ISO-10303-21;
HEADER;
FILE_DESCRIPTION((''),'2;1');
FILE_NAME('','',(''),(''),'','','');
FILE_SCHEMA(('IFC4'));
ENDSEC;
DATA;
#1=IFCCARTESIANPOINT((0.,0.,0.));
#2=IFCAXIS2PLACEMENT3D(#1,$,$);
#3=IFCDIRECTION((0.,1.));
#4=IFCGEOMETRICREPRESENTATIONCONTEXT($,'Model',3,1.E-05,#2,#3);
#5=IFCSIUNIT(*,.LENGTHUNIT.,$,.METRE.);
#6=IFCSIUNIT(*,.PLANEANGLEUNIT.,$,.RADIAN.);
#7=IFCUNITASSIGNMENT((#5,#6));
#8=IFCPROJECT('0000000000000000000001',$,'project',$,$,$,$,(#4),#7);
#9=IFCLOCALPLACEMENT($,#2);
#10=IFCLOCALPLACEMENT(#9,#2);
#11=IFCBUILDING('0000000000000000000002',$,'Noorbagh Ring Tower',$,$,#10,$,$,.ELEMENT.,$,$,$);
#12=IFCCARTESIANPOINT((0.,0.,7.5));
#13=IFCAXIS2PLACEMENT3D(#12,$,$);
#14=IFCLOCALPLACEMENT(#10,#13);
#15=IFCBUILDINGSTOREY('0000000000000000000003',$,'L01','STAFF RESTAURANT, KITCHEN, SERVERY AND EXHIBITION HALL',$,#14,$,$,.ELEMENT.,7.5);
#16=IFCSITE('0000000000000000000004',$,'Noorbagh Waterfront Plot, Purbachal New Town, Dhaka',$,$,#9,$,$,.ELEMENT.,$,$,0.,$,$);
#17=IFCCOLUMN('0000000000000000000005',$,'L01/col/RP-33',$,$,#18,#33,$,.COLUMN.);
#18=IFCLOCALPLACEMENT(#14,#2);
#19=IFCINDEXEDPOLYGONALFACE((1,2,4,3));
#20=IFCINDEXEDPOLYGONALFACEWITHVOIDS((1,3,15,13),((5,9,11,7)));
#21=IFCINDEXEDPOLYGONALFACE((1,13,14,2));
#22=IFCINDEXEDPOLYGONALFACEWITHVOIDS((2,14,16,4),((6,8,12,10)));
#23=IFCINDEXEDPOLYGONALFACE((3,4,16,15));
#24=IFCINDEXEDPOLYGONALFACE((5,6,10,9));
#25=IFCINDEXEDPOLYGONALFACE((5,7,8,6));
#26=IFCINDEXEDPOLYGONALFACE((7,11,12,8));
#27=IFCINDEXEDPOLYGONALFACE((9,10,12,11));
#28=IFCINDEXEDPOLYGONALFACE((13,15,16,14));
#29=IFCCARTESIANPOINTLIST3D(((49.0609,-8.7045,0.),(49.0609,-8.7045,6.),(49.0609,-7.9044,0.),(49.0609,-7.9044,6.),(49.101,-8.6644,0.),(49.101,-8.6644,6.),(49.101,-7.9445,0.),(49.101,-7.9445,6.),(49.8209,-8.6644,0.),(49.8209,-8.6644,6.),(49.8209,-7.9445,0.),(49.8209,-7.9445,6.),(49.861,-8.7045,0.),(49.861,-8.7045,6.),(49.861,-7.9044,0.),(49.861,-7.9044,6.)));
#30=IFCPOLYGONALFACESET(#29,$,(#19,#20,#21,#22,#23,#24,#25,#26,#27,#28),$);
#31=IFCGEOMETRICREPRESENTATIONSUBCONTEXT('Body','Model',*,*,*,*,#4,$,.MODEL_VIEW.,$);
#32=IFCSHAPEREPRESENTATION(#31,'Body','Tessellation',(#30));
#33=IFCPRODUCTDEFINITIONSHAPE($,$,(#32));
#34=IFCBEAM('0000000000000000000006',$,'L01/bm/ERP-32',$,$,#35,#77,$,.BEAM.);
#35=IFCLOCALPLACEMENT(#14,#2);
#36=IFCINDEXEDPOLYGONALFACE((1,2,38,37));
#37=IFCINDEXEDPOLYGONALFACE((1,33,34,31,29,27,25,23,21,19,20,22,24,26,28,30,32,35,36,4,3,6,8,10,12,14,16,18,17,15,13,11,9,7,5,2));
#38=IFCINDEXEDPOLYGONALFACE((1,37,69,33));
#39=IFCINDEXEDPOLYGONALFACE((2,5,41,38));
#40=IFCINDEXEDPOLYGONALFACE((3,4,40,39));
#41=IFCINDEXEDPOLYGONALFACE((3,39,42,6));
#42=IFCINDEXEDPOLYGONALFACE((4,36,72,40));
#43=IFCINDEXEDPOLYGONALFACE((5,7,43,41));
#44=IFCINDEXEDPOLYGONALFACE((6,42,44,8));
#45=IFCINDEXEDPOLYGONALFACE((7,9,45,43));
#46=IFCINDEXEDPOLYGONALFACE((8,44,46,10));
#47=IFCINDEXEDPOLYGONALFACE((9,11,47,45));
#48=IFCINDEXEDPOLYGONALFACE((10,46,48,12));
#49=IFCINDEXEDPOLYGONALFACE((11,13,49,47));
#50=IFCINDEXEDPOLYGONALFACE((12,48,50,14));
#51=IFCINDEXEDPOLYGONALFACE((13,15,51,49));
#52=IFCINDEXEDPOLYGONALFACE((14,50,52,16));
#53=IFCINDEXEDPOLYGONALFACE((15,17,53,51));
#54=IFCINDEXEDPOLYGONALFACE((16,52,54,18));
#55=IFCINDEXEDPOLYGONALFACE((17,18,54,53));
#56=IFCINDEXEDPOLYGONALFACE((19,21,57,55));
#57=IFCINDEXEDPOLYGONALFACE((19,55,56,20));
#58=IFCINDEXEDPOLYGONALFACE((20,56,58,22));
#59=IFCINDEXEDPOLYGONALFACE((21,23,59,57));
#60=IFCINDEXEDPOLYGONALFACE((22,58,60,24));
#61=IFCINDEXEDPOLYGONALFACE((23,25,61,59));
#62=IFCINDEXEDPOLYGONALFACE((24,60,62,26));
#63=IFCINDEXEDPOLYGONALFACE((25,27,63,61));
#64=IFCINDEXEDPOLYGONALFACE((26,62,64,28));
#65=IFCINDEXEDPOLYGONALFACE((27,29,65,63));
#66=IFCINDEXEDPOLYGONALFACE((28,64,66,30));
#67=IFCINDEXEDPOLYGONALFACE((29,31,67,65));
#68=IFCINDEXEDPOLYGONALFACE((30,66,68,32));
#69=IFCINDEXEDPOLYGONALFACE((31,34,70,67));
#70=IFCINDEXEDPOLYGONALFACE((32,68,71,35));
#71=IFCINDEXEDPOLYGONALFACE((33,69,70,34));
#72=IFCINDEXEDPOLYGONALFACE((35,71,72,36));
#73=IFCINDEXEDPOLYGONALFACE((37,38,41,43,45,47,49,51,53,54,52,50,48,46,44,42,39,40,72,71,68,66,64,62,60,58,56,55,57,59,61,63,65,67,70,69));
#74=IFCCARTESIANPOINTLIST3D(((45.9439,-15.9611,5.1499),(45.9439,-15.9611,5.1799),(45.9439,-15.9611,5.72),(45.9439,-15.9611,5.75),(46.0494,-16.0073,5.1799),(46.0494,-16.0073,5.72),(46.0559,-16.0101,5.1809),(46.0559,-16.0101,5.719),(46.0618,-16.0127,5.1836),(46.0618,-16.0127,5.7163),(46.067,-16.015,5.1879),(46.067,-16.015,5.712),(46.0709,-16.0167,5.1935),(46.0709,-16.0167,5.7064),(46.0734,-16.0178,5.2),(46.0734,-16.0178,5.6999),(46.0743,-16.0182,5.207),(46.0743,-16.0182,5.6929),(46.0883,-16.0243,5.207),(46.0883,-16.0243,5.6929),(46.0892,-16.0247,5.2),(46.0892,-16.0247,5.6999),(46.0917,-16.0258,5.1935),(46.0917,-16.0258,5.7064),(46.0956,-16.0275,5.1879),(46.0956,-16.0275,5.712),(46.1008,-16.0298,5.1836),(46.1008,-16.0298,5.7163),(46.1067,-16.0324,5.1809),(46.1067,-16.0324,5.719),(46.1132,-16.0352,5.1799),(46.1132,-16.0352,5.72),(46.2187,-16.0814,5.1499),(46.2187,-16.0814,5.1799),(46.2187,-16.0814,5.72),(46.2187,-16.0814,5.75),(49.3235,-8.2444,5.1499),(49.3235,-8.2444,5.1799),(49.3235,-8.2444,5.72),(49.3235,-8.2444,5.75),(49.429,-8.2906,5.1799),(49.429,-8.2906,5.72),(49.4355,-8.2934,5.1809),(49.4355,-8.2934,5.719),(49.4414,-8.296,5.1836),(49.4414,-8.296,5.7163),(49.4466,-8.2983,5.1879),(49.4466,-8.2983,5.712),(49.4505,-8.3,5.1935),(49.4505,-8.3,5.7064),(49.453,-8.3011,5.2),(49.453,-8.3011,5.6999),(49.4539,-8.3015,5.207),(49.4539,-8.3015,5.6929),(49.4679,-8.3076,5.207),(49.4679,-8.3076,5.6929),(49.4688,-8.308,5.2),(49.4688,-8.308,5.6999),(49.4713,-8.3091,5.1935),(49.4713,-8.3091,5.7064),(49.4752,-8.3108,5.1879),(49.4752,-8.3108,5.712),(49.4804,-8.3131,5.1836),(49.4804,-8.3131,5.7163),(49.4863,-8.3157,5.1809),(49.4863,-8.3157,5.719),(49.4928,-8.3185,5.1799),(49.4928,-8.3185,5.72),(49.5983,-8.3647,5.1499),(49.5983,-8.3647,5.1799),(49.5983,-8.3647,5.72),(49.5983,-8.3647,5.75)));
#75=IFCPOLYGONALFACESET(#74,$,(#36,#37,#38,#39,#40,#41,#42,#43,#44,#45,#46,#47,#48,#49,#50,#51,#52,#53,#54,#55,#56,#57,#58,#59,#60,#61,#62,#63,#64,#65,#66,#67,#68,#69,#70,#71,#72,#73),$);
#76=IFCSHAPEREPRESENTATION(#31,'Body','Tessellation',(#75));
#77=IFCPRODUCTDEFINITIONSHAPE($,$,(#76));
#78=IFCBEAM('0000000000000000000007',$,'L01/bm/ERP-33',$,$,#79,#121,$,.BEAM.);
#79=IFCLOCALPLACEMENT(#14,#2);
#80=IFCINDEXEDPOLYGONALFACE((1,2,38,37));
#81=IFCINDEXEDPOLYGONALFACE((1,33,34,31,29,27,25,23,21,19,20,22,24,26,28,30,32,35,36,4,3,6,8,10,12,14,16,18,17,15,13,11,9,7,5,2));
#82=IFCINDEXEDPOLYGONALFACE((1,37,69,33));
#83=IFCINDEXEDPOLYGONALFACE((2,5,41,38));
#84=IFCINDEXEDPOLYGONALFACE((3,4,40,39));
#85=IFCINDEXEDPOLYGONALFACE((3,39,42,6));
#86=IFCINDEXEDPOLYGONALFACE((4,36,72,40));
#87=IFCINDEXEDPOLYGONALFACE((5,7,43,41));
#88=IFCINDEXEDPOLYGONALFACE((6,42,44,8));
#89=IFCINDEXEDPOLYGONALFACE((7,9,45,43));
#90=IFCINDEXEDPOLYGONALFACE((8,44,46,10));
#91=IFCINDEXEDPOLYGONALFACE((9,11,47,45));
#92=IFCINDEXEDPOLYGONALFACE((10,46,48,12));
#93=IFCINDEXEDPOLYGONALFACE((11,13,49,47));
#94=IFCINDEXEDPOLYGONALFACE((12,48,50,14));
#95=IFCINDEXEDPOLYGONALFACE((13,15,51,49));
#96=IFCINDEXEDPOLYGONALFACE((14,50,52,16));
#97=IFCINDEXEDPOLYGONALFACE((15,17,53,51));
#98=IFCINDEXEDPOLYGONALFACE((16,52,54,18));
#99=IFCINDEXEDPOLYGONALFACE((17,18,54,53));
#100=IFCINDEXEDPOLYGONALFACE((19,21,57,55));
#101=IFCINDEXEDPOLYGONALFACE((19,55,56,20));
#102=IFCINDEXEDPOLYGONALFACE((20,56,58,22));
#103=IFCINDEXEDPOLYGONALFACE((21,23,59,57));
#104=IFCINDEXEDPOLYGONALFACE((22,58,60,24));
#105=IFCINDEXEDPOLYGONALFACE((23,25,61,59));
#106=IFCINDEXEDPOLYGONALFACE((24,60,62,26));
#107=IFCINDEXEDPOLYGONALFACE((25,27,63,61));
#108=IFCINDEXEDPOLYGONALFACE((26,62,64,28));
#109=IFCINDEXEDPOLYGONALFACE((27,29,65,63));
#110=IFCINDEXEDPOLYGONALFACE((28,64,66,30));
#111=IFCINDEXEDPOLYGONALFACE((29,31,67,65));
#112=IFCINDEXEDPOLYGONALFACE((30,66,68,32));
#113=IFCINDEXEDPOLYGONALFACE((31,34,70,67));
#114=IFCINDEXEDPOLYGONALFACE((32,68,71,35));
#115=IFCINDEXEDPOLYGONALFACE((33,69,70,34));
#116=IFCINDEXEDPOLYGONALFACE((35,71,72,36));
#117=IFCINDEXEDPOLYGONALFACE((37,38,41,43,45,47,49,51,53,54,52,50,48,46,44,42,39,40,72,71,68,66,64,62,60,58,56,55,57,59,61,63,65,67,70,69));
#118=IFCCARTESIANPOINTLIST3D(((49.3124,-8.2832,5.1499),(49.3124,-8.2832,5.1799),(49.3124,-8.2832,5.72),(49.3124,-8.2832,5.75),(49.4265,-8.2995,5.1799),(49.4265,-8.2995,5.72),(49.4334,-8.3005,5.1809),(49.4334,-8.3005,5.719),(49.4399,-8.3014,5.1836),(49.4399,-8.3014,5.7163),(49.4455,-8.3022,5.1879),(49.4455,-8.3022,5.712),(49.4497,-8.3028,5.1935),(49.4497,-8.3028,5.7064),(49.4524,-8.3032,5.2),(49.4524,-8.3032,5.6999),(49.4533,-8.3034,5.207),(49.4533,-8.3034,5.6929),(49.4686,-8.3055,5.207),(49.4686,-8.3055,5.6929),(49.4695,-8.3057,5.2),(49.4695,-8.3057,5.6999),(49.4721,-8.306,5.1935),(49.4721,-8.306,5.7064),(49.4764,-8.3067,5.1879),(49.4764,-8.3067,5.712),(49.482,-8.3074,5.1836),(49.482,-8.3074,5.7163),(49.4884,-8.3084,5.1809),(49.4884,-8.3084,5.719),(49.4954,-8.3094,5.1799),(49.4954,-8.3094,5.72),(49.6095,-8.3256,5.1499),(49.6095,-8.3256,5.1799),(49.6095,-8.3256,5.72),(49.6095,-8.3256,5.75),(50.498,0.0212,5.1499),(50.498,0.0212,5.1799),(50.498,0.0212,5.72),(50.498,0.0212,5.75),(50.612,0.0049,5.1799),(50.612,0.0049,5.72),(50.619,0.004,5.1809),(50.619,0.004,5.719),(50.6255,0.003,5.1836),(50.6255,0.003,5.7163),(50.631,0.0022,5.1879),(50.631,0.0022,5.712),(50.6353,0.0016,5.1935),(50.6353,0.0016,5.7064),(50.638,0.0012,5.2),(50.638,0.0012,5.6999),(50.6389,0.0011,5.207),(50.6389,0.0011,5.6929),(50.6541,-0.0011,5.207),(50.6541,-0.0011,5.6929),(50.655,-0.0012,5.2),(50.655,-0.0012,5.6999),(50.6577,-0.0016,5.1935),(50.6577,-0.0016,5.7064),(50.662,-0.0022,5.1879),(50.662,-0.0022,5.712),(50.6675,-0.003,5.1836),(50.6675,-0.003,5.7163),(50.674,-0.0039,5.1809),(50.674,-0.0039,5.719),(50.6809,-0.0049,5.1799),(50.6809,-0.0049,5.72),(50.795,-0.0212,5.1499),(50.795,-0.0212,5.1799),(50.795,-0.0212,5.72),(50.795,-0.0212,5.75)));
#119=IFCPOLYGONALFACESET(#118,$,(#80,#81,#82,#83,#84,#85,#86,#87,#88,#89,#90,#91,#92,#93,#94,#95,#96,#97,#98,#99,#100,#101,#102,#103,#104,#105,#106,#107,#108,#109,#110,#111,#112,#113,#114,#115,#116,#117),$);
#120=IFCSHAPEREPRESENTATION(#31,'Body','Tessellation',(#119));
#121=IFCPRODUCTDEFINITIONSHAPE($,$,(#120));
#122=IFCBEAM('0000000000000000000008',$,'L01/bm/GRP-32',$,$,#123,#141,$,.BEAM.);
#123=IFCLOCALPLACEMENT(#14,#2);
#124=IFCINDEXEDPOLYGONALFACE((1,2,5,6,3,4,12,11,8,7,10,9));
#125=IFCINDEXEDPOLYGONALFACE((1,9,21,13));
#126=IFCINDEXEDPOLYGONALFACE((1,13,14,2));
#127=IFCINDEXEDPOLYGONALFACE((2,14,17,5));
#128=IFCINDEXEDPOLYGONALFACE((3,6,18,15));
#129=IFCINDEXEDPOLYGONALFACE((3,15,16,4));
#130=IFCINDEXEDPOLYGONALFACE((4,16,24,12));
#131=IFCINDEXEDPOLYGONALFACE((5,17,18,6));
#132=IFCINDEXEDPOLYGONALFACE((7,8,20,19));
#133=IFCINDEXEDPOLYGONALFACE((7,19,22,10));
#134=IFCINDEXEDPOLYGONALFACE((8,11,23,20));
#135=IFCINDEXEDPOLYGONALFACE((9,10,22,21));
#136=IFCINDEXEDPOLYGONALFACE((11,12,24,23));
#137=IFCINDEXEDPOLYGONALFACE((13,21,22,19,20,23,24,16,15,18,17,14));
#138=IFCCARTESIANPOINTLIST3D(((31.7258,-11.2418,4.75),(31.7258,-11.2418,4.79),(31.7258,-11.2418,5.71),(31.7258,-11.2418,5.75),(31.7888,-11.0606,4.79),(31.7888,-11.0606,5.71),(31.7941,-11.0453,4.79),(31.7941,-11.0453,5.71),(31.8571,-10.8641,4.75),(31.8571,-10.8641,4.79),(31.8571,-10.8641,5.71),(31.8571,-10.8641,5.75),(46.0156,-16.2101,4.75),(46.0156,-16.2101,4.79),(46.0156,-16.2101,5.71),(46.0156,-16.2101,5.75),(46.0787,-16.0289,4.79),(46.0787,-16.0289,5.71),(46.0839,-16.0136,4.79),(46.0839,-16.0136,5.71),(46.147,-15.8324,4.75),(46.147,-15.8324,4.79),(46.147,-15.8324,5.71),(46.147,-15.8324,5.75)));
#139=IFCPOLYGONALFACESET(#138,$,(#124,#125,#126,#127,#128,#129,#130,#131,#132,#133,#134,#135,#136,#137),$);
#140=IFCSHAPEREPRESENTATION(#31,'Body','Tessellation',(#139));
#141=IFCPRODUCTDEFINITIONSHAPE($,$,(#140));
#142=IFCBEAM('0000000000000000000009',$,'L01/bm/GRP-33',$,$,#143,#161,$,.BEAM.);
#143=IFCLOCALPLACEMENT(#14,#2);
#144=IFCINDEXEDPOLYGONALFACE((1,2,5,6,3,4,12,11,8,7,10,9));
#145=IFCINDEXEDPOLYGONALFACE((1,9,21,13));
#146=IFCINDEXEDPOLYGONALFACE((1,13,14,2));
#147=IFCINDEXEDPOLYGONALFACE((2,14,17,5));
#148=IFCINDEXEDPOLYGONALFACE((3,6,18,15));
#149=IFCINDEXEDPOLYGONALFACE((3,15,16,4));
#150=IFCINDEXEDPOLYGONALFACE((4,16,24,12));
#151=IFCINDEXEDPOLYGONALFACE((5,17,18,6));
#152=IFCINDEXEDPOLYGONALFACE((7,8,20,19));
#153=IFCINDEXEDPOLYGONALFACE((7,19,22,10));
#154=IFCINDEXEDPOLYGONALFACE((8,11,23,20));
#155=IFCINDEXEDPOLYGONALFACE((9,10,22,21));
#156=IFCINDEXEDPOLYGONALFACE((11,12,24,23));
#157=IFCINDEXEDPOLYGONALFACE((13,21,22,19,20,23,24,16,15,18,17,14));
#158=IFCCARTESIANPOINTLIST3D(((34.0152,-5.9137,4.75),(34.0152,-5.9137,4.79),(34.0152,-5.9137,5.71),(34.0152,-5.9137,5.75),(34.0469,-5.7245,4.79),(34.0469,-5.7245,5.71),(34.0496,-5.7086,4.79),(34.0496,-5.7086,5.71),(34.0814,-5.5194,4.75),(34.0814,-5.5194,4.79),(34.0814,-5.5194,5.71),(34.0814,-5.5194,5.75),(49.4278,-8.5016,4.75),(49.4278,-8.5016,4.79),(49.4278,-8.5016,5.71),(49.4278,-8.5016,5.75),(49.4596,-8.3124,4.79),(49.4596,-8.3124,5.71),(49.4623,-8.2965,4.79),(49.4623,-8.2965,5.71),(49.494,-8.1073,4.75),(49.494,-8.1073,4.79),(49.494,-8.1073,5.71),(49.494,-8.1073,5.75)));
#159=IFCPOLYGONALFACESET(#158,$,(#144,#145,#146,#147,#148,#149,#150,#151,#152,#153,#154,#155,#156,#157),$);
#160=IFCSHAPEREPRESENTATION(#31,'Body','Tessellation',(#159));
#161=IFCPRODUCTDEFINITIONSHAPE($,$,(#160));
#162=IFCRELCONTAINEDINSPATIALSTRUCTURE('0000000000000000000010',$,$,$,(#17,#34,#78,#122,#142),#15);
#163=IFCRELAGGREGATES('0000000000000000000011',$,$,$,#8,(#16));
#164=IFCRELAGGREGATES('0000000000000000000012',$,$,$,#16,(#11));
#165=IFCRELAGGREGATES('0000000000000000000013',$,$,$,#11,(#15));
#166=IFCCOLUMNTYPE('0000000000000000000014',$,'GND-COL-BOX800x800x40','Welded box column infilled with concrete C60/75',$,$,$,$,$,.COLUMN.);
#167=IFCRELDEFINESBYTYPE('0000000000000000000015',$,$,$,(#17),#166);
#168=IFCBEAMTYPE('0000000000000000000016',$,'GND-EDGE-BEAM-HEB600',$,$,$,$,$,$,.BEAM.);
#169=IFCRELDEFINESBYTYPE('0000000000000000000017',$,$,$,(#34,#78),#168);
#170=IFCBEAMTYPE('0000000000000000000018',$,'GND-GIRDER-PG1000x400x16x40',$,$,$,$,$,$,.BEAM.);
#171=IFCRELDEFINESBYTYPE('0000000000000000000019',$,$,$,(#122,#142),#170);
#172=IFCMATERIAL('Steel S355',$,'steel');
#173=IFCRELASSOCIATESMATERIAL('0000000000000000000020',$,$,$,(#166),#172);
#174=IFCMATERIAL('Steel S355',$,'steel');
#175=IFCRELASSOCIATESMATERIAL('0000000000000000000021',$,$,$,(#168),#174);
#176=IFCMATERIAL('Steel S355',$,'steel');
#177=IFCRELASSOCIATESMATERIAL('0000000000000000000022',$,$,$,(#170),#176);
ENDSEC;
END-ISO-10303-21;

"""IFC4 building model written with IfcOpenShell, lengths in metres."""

from ifc_helpers import new_model, si_unit, direction, frame, origin, origin_2d, place, context, subcontext, project, spatial, hollow_rectangle, i_section, extrude, material, material_profile, profile_set, type_object, element, save


model = new_model("IFC4")

# Units and contexts
model_context = context("Model", 3, precision=1e-05, world=origin(), true_north=direction((0.0, 1.0)))
body_context = subcontext(model_context, "Body", "Model", "MODEL_VIEW")
ifc_project = project(units=[si_unit("LENGTHUNIT", "METRE"), si_unit("PLANEANGLEUNIT", "RADIAN")], contexts=[model_context])

# Site, building, storey
site_placement = place(None, origin())
site = spatial("IfcSite", under=ifc_project, at=site_placement, Name="Noorbagh Waterfront Plot, Purbachal New Town, Dhaka", CompositionType="ELEMENT", RefElevation=0.0)
building_placement = place(site_placement, origin())
building = spatial("IfcBuilding", under=site, at=building_placement, Name="Noorbagh Ring Tower", CompositionType="ELEMENT")
storey_placement = place(building_placement, frame((0.0, 0.0, 7.5)))
storey = spatial("IfcBuildingStorey", under=building, at=storey_placement, Name="L01", Description="STAFF RESTAURANT, KITCHEN, SERVERY AND EXHIBITION HALL", CompositionType="ELEMENT", Elevation=7.5)

# Column
ifc_material_1 = material(Name="Steel S355", Category="steel")
ifc_material_profile_1 = material_profile(ifc_material_1, hollow_rectangle(XDim=0.8, YDim=0.8, WallThickness=0.04, at=origin_2d()), Name="BOX800x800x40")
ifc_profile_set_1 = profile_set([ifc_material_profile_1], Name="Steel S355")
column_type = type_object("IfcColumnType", Name="GND-COL-BOX800x800x40", Description="Welded box column infilled with concrete C60/75", PredefinedType="COLUMN", material=ifc_profile_set_1)
column_placement = place(storey_placement, frame((49.4609, -8.3044, 0.0), z_axis=(0.0, 0.0, 1.0), x_axis=(1.0, 0.0, 0.0)))
element("IfcColumn", 1, at=column_placement, inside=storey, type_object=column_type, Name="L01/col/RP-33", PredefinedType="COLUMN", context=body_context, shape_type="SweptSolid", body=[
    extrude(hollow_rectangle(XDim=0.8, YDim=0.8, WallThickness=0.04, at=origin_2d()), origin(), (0.0, 0.0, 1.0), 6.0),
])

# Beams
ifc_material_2 = material(Name="Steel S355", Category="steel")
ifc_material_profile_2 = material_profile(ifc_material_2, i_section(OverallWidth=0.3, OverallDepth=0.6001, WebThickness=0.0154, FlangeThickness=0.03, FilletRadius=0.0271, at=origin_2d()), Name="HEB600")
ifc_profile_set_2 = profile_set([ifc_material_profile_2], Name="Steel S355")
beam_type_1 = type_object("IfcBeamType", Name="GND-EDGE-BEAM-HEB600", PredefinedType="BEAM", material=ifc_profile_set_2)
beam_1_placement = place(storey_placement, frame((46.0813, -16.0212, 5.45), z_axis=(0.401172, 0.916003, 0.0), x_axis=(-0.916003, 0.401172, 0.0)))
element("IfcBeam", 2, at=beam_1_placement, inside=storey, type_object=beam_type_1, Name="L01/bm/ERP-32", PredefinedType="BEAM", context=body_context, shape_type="SweptSolid", body=[
    extrude(i_section(OverallWidth=0.3, OverallDepth=0.6001, WebThickness=0.0154, FlangeThickness=0.03, FilletRadius=0.0271, at=origin_2d()), origin(), (0.0, 0.0, 1.0), 8.4243),
])
beam_2_placement = place(storey_placement, frame((49.4609, -8.3044, 5.45), z_axis=(0.141328, 0.989963, 0.0), x_axis=(-0.989963, 0.141328, 0.0)))
element("IfcBeam", 3, at=beam_2_placement, inside=storey, type_object=beam_type_1, Name="L01/bm/ERP-33", PredefinedType="BEAM", context=body_context, shape_type="SweptSolid", body=[
    extrude(i_section(OverallWidth=0.3, OverallDepth=0.6001, WebThickness=0.0154, FlangeThickness=0.03, FilletRadius=0.0271, at=origin_2d()), origin(), (0.0, 0.0, 1.0), 8.3887),
])
ifc_material_3 = material(Name="Steel S355", Category="steel")
ifc_material_profile_3 = material_profile(ifc_material_3, i_section(OverallWidth=0.3999, OverallDepth=1.0, WebThickness=0.0161, FlangeThickness=0.04, at=origin_2d()), Name="PG1000x400x16x40")
ifc_profile_set_3 = profile_set([ifc_material_profile_3], Name="Steel S355")
beam_type_2 = type_object("IfcBeamType", Name="GND-GIRDER-PG1000x400x16x40", PredefinedType="BEAM", material=ifc_profile_set_3)
beam_3_placement = place(storey_placement, frame((46.0813, -16.0212, 5.25), z_axis=(-0.94454, 0.328397, 0.0), x_axis=(-0.328397, -0.94454, 0.0)))
element("IfcBeam", 4, at=beam_3_placement, inside=storey, type_object=beam_type_2, Name="L01/bm/GRP-32", PredefinedType="BEAM", context=body_context, shape_type="SweptSolid", body=[
    extrude(i_section(OverallWidth=0.3999, OverallDepth=1.0, WebThickness=0.0161, FlangeThickness=0.04, at=origin_2d()), origin(), (0.0, 0.0, 1.0), 15.1289),
])
beam_4_placement = place(storey_placement, frame((49.4609, -8.3044, 5.25), z_axis=(-0.986195, 0.165589, 0.0), x_axis=(-0.165589, -0.986195, 0.0)))
element("IfcBeam", 5, at=beam_4_placement, inside=storey, type_object=beam_type_2, Name="L01/bm/GRP-33", PredefinedType="BEAM", context=body_context, shape_type="SweptSolid", body=[
    extrude(i_section(OverallWidth=0.3999, OverallDepth=1.0, WebThickness=0.0161, FlangeThickness=0.04, at=origin_2d()), origin(), (0.0, 0.0, 1.0), 15.6284),
])

save(model, "model.ifc")
